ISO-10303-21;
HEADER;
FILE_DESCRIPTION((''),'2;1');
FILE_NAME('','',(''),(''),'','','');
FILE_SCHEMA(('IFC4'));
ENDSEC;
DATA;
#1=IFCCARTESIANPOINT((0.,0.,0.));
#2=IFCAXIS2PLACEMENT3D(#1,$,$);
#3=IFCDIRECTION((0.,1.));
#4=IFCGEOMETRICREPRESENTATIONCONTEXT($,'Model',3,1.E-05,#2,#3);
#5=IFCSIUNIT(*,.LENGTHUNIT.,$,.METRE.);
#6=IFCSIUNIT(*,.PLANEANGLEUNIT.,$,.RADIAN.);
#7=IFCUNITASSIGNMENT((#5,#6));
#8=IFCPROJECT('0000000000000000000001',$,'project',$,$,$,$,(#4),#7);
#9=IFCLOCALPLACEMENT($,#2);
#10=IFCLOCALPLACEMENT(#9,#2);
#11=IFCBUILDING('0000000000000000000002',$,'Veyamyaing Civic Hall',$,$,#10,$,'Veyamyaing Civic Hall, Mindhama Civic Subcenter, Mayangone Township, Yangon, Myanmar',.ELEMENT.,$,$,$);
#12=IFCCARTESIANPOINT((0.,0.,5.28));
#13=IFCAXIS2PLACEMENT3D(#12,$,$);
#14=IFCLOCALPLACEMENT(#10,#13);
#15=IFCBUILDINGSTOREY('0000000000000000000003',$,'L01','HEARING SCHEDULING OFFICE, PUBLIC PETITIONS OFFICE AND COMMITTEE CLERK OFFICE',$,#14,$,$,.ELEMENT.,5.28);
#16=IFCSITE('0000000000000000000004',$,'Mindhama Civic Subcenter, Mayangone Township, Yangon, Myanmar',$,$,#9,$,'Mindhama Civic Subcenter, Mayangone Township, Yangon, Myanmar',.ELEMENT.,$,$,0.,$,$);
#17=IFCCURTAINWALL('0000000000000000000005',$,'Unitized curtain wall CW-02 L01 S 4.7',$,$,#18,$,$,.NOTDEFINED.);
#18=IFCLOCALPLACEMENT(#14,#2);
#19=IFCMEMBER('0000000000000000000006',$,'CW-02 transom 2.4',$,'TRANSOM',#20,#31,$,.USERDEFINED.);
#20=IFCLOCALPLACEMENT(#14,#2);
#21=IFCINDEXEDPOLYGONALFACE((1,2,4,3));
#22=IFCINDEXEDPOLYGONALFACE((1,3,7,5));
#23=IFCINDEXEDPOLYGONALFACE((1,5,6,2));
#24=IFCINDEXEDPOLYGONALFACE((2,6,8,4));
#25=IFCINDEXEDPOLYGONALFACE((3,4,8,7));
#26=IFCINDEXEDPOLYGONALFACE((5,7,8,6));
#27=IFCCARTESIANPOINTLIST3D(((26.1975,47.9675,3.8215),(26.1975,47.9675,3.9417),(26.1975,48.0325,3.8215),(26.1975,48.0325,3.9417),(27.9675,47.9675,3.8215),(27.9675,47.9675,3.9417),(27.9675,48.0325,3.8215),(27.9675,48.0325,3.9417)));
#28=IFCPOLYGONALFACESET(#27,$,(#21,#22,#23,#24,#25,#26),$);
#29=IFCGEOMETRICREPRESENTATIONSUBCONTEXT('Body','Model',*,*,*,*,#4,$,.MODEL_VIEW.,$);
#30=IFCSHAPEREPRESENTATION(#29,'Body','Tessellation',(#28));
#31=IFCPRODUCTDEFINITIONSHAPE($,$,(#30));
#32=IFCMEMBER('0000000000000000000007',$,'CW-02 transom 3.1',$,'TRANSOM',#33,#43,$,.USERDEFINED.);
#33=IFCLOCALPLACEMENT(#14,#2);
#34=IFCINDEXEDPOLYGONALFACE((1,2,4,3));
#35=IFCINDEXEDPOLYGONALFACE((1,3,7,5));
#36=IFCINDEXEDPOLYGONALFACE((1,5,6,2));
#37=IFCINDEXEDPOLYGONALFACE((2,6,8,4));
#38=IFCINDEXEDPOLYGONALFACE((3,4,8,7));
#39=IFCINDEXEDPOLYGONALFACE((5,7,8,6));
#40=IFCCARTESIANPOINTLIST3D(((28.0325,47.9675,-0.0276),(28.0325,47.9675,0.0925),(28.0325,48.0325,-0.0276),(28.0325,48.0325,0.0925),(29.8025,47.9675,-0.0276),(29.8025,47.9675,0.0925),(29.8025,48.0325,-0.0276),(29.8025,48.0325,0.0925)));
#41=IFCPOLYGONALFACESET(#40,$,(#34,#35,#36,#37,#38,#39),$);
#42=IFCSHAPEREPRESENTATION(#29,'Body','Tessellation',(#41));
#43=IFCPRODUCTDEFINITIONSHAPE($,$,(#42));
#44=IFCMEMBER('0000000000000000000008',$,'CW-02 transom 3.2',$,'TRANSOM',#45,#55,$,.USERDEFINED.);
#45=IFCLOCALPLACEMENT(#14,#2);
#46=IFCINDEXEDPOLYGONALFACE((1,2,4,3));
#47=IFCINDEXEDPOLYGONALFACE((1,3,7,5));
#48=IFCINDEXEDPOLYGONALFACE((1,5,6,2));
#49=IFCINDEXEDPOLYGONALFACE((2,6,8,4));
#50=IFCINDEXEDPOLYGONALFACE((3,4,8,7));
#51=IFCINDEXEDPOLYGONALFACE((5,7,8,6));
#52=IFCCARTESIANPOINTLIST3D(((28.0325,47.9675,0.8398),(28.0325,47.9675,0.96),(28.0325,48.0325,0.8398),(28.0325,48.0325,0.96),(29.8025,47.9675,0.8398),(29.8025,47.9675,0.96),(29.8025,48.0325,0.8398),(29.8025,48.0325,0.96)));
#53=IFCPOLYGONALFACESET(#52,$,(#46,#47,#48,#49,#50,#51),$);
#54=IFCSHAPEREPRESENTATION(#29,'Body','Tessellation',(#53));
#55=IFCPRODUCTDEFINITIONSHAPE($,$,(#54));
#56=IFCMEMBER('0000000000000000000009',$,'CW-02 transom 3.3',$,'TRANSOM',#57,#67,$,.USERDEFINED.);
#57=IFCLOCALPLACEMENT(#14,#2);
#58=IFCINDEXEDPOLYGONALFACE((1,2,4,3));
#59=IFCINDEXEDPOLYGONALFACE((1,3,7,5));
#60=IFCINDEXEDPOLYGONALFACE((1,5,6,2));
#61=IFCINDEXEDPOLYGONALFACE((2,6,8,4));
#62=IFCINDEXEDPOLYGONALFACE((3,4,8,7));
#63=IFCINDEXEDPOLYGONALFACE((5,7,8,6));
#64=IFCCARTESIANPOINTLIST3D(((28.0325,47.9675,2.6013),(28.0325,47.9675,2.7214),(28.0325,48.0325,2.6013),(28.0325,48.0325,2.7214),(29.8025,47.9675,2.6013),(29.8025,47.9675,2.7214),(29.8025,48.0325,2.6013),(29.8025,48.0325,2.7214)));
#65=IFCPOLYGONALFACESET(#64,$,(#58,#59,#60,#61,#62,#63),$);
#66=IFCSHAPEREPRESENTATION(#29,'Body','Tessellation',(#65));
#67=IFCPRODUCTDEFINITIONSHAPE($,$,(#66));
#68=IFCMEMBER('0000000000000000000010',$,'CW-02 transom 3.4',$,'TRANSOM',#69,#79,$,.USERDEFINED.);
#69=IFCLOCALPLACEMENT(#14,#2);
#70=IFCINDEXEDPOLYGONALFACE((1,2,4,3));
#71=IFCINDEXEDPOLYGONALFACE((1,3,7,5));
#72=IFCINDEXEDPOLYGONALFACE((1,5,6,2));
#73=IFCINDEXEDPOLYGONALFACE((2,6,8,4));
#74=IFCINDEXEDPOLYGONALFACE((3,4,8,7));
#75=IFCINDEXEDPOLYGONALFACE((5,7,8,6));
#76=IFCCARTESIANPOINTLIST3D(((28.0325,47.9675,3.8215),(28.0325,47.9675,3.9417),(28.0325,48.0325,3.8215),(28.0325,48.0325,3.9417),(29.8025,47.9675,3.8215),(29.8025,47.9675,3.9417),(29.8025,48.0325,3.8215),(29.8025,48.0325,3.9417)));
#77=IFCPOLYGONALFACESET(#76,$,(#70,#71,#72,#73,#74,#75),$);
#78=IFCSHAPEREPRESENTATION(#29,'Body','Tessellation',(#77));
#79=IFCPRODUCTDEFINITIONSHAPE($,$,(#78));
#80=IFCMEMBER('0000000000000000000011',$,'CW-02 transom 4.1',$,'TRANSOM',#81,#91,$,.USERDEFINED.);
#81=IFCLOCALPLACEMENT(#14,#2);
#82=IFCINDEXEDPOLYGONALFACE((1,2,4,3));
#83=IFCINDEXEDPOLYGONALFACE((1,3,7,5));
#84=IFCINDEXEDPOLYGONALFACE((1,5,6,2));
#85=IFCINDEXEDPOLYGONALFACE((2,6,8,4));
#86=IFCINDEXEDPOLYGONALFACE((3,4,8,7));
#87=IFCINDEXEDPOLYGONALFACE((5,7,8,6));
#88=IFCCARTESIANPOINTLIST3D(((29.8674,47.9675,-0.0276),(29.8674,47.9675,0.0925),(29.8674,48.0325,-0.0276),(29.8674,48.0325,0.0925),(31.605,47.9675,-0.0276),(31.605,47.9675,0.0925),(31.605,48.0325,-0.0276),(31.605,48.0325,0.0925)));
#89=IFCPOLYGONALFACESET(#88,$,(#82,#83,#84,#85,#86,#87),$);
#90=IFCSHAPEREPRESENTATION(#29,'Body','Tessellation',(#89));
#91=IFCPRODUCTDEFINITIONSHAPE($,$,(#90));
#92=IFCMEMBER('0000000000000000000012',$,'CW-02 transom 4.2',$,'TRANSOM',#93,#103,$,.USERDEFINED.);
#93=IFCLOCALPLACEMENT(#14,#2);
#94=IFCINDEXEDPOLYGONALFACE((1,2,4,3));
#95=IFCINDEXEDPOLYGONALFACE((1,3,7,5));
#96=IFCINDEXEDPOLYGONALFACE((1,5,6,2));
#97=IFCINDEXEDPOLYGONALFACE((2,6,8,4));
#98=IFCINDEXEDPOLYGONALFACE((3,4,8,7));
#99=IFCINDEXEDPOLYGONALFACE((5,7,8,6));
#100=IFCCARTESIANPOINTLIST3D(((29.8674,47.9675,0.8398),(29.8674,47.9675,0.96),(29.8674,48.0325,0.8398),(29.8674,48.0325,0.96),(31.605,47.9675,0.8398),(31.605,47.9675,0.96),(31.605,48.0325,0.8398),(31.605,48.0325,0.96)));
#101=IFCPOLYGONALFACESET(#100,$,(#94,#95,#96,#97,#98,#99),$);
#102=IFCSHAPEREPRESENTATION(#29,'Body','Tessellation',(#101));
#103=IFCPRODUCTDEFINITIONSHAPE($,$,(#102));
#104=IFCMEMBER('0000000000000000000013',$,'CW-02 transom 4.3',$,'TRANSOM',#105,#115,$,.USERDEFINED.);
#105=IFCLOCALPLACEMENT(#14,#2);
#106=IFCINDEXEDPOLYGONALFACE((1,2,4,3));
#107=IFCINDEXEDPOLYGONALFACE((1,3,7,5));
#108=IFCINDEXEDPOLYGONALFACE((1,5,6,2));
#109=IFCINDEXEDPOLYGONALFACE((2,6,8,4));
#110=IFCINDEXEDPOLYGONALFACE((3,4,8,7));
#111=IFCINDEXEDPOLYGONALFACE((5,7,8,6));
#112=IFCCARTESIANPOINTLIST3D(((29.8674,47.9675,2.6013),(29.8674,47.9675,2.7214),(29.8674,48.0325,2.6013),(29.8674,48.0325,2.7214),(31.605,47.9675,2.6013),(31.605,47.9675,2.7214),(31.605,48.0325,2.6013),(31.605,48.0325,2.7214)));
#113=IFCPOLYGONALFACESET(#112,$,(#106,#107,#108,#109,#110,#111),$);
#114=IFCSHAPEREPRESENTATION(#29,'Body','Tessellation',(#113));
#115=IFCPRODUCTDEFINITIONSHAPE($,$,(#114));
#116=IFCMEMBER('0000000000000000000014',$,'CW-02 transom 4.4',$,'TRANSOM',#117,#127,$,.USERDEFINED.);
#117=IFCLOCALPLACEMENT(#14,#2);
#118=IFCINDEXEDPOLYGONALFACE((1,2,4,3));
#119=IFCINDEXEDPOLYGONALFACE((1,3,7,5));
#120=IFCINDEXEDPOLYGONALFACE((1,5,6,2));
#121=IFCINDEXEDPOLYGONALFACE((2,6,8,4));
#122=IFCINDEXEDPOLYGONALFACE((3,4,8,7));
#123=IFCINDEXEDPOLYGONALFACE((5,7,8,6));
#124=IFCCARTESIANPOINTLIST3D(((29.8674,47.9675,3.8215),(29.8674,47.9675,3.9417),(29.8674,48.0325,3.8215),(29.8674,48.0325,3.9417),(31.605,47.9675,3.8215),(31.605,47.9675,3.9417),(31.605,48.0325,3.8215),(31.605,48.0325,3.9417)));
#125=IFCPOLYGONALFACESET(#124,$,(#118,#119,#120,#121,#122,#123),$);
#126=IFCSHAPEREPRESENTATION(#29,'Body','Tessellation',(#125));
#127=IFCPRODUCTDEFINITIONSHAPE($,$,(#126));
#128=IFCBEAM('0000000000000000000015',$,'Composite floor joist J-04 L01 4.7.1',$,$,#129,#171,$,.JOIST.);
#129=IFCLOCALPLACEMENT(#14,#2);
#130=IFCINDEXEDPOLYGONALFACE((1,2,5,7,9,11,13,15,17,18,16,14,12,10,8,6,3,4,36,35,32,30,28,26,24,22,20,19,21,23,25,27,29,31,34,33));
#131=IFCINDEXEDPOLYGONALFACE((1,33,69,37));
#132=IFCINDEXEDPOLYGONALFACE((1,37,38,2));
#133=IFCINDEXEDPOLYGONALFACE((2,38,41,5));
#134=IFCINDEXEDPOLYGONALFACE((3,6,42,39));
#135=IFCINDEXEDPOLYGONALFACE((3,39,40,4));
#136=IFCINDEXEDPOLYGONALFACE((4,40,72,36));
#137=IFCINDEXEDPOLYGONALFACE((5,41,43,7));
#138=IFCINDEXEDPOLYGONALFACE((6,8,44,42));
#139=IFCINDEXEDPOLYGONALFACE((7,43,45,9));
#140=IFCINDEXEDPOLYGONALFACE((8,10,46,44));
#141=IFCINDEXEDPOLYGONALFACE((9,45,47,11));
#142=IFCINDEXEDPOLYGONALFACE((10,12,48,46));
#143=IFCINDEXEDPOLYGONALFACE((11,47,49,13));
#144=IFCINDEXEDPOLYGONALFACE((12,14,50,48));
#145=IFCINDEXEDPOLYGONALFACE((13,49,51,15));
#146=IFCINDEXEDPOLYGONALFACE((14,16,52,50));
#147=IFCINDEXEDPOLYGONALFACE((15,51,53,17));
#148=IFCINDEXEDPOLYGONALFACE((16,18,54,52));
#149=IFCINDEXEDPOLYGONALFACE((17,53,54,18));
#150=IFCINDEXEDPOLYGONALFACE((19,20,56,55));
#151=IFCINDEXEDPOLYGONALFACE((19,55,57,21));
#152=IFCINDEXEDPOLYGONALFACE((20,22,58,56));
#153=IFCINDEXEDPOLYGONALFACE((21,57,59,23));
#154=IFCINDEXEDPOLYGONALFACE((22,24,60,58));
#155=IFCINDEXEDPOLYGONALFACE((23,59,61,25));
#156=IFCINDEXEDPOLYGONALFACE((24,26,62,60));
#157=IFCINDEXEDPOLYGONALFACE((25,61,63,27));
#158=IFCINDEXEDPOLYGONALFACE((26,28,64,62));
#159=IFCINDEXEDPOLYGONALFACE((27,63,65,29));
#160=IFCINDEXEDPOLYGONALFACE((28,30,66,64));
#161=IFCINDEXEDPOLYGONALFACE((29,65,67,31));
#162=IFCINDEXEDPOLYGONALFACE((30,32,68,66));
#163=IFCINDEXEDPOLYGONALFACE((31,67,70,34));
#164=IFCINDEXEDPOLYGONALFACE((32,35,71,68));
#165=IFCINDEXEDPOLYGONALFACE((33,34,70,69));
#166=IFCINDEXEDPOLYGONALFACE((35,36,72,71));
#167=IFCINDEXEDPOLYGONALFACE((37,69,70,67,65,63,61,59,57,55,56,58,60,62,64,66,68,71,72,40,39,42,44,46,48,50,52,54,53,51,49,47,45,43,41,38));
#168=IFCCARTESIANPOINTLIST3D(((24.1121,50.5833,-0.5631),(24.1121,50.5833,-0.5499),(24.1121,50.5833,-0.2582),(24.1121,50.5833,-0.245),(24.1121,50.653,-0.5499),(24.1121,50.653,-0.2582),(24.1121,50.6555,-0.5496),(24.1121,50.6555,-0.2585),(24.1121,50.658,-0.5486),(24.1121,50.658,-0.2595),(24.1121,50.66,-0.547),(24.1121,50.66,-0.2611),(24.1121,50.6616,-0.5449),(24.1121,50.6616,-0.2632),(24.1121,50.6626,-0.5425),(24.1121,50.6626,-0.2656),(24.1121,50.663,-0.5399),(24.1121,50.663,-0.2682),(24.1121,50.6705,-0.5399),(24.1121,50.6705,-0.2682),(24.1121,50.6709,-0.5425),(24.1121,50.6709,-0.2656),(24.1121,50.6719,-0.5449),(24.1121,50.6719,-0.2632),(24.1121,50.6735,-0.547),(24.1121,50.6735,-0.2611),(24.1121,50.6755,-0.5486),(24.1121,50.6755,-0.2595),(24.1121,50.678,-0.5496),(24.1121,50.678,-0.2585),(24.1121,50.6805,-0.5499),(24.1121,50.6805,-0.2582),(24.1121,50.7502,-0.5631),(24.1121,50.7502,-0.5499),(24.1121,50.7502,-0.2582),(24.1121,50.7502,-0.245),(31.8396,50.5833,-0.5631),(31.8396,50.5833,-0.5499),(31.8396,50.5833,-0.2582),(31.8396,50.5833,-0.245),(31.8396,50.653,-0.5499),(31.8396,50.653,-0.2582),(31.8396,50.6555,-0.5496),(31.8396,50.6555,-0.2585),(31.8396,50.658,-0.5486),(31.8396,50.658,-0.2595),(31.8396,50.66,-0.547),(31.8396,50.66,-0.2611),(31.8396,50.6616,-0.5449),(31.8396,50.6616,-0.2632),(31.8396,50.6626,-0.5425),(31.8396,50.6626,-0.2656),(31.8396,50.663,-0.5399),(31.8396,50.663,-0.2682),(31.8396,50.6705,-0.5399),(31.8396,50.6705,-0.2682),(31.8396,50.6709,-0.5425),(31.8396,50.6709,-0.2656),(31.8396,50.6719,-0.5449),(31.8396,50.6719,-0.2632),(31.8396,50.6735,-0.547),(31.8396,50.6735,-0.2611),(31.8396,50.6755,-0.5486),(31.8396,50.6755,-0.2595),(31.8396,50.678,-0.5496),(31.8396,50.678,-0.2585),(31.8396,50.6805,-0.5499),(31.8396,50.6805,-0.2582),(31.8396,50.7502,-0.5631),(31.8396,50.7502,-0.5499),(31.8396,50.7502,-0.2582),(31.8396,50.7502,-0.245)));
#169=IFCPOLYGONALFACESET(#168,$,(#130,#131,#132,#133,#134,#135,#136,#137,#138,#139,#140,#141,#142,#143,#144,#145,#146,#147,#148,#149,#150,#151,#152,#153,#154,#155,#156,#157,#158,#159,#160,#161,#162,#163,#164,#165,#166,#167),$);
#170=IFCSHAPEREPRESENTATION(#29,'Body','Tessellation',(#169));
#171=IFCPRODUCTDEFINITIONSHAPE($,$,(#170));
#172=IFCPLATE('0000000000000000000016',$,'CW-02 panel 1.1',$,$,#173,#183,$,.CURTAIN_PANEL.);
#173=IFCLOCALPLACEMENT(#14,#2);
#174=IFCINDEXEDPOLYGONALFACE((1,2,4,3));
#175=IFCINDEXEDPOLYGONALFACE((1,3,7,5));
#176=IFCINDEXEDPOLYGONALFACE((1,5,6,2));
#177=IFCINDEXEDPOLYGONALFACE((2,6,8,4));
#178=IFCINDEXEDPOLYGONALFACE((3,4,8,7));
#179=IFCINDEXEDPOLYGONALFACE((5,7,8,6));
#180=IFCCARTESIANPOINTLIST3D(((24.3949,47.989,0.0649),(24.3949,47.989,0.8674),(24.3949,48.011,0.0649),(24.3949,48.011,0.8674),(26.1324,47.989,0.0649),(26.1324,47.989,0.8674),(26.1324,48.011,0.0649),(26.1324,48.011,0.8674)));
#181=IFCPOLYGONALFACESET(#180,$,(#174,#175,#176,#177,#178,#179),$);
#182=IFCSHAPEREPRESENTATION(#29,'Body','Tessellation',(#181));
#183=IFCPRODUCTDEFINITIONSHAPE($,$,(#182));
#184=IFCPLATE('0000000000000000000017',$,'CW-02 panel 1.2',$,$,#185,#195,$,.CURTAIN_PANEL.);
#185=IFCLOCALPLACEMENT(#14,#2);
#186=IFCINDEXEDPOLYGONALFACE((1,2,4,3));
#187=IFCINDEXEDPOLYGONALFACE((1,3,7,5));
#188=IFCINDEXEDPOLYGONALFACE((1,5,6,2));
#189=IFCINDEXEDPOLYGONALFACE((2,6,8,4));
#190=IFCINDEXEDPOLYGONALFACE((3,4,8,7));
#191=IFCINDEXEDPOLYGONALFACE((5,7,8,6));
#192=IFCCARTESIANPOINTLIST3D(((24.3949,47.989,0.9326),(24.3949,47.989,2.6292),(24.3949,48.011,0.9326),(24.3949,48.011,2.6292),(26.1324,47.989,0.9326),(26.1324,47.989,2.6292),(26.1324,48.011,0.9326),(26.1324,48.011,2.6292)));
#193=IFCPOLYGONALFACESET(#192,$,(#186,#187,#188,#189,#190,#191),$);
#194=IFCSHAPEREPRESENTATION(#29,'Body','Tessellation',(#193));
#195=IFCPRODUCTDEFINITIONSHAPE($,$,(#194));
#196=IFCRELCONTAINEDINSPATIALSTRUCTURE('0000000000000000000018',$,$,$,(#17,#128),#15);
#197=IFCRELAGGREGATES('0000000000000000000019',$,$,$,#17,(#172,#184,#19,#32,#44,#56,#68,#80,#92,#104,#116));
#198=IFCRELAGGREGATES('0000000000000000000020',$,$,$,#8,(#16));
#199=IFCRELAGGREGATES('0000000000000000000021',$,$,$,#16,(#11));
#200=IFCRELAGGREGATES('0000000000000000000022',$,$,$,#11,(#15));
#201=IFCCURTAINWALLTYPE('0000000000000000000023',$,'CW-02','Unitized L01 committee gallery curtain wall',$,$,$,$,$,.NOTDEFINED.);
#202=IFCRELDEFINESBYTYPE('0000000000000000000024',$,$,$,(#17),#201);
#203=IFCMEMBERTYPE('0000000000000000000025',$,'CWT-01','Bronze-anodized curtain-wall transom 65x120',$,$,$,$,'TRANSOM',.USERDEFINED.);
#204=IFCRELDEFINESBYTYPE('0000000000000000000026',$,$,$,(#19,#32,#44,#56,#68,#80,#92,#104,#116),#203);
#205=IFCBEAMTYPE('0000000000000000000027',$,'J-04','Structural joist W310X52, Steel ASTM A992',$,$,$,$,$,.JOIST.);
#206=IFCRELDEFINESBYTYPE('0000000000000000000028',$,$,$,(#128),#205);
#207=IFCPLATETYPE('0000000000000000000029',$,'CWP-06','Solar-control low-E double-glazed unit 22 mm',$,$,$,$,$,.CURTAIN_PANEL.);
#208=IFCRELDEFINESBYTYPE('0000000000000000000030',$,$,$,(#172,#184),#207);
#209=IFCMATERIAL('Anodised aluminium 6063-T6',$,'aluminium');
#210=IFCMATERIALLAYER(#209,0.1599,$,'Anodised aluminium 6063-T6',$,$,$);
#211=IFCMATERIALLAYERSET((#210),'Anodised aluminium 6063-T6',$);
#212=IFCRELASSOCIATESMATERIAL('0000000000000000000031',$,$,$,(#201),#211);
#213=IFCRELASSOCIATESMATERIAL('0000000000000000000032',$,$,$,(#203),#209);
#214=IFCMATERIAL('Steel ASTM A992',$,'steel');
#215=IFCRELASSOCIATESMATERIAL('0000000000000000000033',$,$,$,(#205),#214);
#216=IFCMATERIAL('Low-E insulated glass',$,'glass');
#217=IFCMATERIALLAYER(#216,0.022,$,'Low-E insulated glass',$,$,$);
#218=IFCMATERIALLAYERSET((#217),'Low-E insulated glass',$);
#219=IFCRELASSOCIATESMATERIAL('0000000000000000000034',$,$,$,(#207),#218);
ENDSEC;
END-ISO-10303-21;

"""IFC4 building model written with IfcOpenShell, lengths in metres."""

from ifc_helpers import new_model, si_unit, direction, frame, origin, origin_2d, place, context, subcontext, project, spatial, rectangle, i_section, extrude, material, layer, layer_set, material_profile, profile_set, type_object, element, aggregate, save


model = new_model("IFC4")

# Units and contexts
model_context = context("Model", 3, precision=1e-05, world=origin(), true_north=direction((0.0, 1.0)))
body_context = subcontext(model_context, "Body", "Model", "MODEL_VIEW")
ifc_project = project(units=[si_unit("LENGTHUNIT", "METRE"), si_unit("PLANEANGLEUNIT", "RADIAN")], contexts=[model_context])

# Site, building, storey
site_placement = place(None, origin())
site = spatial("IfcSite", under=ifc_project, at=site_placement, Name="Mindhama Civic Subcenter, Mayangone Township, Yangon, Myanmar", LongName="Mindhama Civic Subcenter, Mayangone Township, Yangon, Myanmar", CompositionType="ELEMENT", RefElevation=0.0)
building_placement = place(site_placement, origin())
building = spatial("IfcBuilding", under=site, at=building_placement, Name="Veyamyaing Civic Hall", LongName="Veyamyaing Civic Hall, Mindhama Civic Subcenter, Mayangone Township, Yangon, Myanmar", CompositionType="ELEMENT")
storey_placement = place(building_placement, frame((0.0, 0.0, 5.28)))
storey = spatial("IfcBuildingStorey", under=building, at=storey_placement, Name="L01", Description="HEARING SCHEDULING OFFICE, PUBLIC PETITIONS OFFICE AND COMMITTEE CLERK OFFICE", CompositionType="ELEMENT", Elevation=5.28)

# Shared definitions
ifc_material_1 = material(Name="Steel ASTM A992", Category="steel")

# Curtain wall, members
ifc_material_2 = material(Name="Anodised aluminium 6063-T6", Category="aluminium")
ifc_layer_1 = layer(ifc_material_2, 0.1599, Name="Anodised aluminium 6063-T6")
ifc_layer_set_1 = layer_set([ifc_layer_1], Name="Anodised aluminium 6063-T6")
curtain_wall_type = type_object("IfcCurtainWallType", Name="CW-02", Description="Unitized L01 committee gallery curtain wall", PredefinedType="NOTDEFINED", material=ifc_layer_set_1)
curtain_wall_placement = place(storey_placement, origin())
curtain_wall = element("IfcCurtainWall", 1, at=curtain_wall_placement, inside=storey, type_object=curtain_wall_type, Name="Unitized curtain wall CW-02 L01 S 4.7", PredefinedType="NOTDEFINED")
ifc_material_profile_1 = material_profile(ifc_material_2, rectangle(XDim=0.0649, YDim=0.1201, at=origin_2d()), Name="ALU-TRN-65X120")
ifc_profile_set_1 = profile_set([ifc_material_profile_1], Name="Anodised aluminium 6063-T6")
member_type_1 = type_object("IfcMemberType", Name="CWT-01", Description="Bronze-anodized curtain-wall transom 65x120", ElementType="TRANSOM", PredefinedType="USERDEFINED", material=ifc_profile_set_1)
member_1_placement = place(storey_placement, frame((26.1975, 48.0, 3.8816), z_axis=(1.0, 0.0, 0.0), x_axis=(0.0, 1.0, 0.0)))
member_1 = element("IfcMember", 2, at=member_1_placement, type_object=member_type_1, Name="CW-02 transom 2.4", ObjectType="TRANSOM", PredefinedType="USERDEFINED", context=body_context, shape_type="SweptSolid", body=[
    extrude(rectangle(XDim=0.0649, YDim=0.1201, at=origin_2d()), origin(), (0.0, 0.0, 1.0), 1.77),
])
member_2_placement = place(storey_placement, frame((28.0325, 48.0, 0.0325), z_axis=(1.0, 0.0, 0.0), x_axis=(0.0, 1.0, 0.0)))
member_2 = element("IfcMember", 3, at=member_2_placement, type_object=member_type_1, Name="CW-02 transom 3.1", ObjectType="TRANSOM", PredefinedType="USERDEFINED", context=body_context, shape_type="SweptSolid", body=[
    extrude(rectangle(XDim=0.0649, YDim=0.1201, at=origin_2d()), origin(), (0.0, 0.0, 1.0), 1.77),
])
member_3_placement = place(storey_placement, frame((28.0325, 48.0, 0.8999), z_axis=(1.0, 0.0, 0.0), x_axis=(0.0, 1.0, 0.0)))
member_3 = element("IfcMember", 4, at=member_3_placement, type_object=member_type_1, Name="CW-02 transom 3.2", ObjectType="TRANSOM", PredefinedType="USERDEFINED", context=body_context, shape_type="SweptSolid", body=[
    extrude(rectangle(XDim=0.0649, YDim=0.1201, at=origin_2d()), origin(), (0.0, 0.0, 1.0), 1.77),
])
member_4_placement = place(storey_placement, frame((28.0325, 48.0, 2.6614), z_axis=(1.0, 0.0, 0.0), x_axis=(0.0, 1.0, 0.0)))
member_4 = element("IfcMember", 5, at=member_4_placement, type_object=member_type_1, Name="CW-02 transom 3.3", ObjectType="TRANSOM", PredefinedType="USERDEFINED", context=body_context, shape_type="SweptSolid", body=[
    extrude(rectangle(XDim=0.0649, YDim=0.1201, at=origin_2d()), origin(), (0.0, 0.0, 1.0), 1.77),
])
member_5_placement = place(storey_placement, frame((28.0325, 48.0, 3.8816), z_axis=(1.0, 0.0, 0.0), x_axis=(0.0, 1.0, 0.0)))
member_5 = element("IfcMember", 6, at=member_5_placement, type_object=member_type_1, Name="CW-02 transom 3.4", ObjectType="TRANSOM", PredefinedType="USERDEFINED", context=body_context, shape_type="SweptSolid", body=[
    extrude(rectangle(XDim=0.0649, YDim=0.1201, at=origin_2d()), origin(), (0.0, 0.0, 1.0), 1.77),
])
member_6_placement = place(storey_placement, frame((29.8674, 48.0, 0.0325), z_axis=(1.0, 0.0, 0.0), x_axis=(0.0, 1.0, 0.0)))
member_6 = element("IfcMember", 7, at=member_6_placement, type_object=member_type_1, Name="CW-02 transom 4.1", ObjectType="TRANSOM", PredefinedType="USERDEFINED", context=body_context, shape_type="SweptSolid", body=[
    extrude(rectangle(XDim=0.0649, YDim=0.1201, at=origin_2d()), origin(), (0.0, 0.0, 1.0), 1.7375),
])
member_7_placement = place(storey_placement, frame((29.8674, 48.0, 0.8999), z_axis=(1.0, 0.0, 0.0), x_axis=(0.0, 1.0, 0.0)))
member_7 = element("IfcMember", 8, at=member_7_placement, type_object=member_type_1, Name="CW-02 transom 4.2", ObjectType="TRANSOM", PredefinedType="USERDEFINED", context=body_context, shape_type="SweptSolid", body=[
    extrude(rectangle(XDim=0.0649, YDim=0.1201, at=origin_2d()), origin(), (0.0, 0.0, 1.0), 1.7375),
])
member_8_placement = place(storey_placement, frame((29.8674, 48.0, 2.6614), z_axis=(1.0, 0.0, 0.0), x_axis=(0.0, 1.0, 0.0)))
member_8 = element("IfcMember", 9, at=member_8_placement, type_object=member_type_1, Name="CW-02 transom 4.3", ObjectType="TRANSOM", PredefinedType="USERDEFINED", context=body_context, shape_type="SweptSolid", body=[
    extrude(rectangle(XDim=0.0649, YDim=0.1201, at=origin_2d()), origin(), (0.0, 0.0, 1.0), 1.7375),
])
member_9_placement = place(storey_placement, frame((29.8674, 48.0, 3.8816), z_axis=(1.0, 0.0, 0.0), x_axis=(0.0, 1.0, 0.0)))
member_9 = element("IfcMember", 10, at=member_9_placement, type_object=member_type_1, Name="CW-02 transom 4.4", ObjectType="TRANSOM", PredefinedType="USERDEFINED", context=body_context, shape_type="SweptSolid", body=[
    extrude(rectangle(XDim=0.0649, YDim=0.1201, at=origin_2d()), origin(), (0.0, 0.0, 1.0), 1.7375),
])

# Beam
ifc_material_profile_2 = material_profile(ifc_material_1, i_section(OverallWidth=0.167, OverallDepth=0.3181, WebThickness=0.0076, FlangeThickness=0.0132, FilletRadius=0.01, at=origin_2d()), Name="W310X52")
ifc_profile_set_2 = profile_set([ifc_material_profile_2], Name="Steel ASTM A992")
beam_type_1 = type_object("IfcBeamType", Name="J-04", Description="Structural joist W310X52, Steel ASTM A992", PredefinedType="JOIST", material=ifc_profile_set_2)
beam_1_placement = place(storey_placement, frame((24.1121, 50.6667, -0.4041), z_axis=(1.0, 0.0, 0.0), x_axis=(0.0, 1.0, 0.0)))
element("IfcBeam", 11, at=beam_1_placement, inside=storey, type_object=beam_type_1, Name="Composite floor joist J-04 L01 4.7.1", PredefinedType="JOIST", context=body_context, shape_type="SweptSolid", body=[
    extrude(i_section(OverallWidth=0.167, OverallDepth=0.3181, WebThickness=0.0076, FlangeThickness=0.0132, FilletRadius=0.01, at=origin_2d()), origin(), (0.0, 0.0, 1.0), 7.7275),
])

# Plates
ifc_material_3 = material(Name="Low-E insulated glass", Category="glass")
ifc_layer_2 = layer(ifc_material_3, 0.022, Name="Low-E insulated glass")
ifc_layer_set_2 = layer_set([ifc_layer_2], Name="Low-E insulated glass")
plate_type = type_object("IfcPlateType", Name="CWP-06", Description="Solar-control low-E double-glazed unit 22 mm", PredefinedType="CURTAIN_PANEL", material=ifc_layer_set_2)
plate_1_placement = place(storey_placement, frame((25.2637, 48.0, 0.0649), z_axis=(0.0, 0.0, 1.0), x_axis=(1.0, 0.0, 0.0)))
plate_1 = element("IfcPlate", 12, at=plate_1_placement, type_object=plate_type, Name="CW-02 panel 1.1", PredefinedType="CURTAIN_PANEL", context=body_context, shape_type="SweptSolid", body=[
    extrude(rectangle(XDim=1.7375, YDim=0.022, at=origin_2d()), origin(), (0.0, 0.0, 1.0), 0.8025),
])
plate_2_placement = place(storey_placement, frame((25.2637, 48.0, 0.9326), z_axis=(0.0, 0.0, 1.0), x_axis=(1.0, 0.0, 0.0)))
plate_2 = element("IfcPlate", 13, at=plate_2_placement, type_object=plate_type, Name="CW-02 panel 1.2", PredefinedType="CURTAIN_PANEL", context=body_context, shape_type="SweptSolid", body=[
    extrude(rectangle(XDim=1.7375, YDim=0.022, at=origin_2d()), origin(), (0.0, 0.0, 1.0), 1.6965),
])
aggregate(curtain_wall, [plate_1, plate_2, member_1, member_2, member_3, member_4, member_5, member_6, member_7, member_8, member_9])

save(model, "model.ifc")
